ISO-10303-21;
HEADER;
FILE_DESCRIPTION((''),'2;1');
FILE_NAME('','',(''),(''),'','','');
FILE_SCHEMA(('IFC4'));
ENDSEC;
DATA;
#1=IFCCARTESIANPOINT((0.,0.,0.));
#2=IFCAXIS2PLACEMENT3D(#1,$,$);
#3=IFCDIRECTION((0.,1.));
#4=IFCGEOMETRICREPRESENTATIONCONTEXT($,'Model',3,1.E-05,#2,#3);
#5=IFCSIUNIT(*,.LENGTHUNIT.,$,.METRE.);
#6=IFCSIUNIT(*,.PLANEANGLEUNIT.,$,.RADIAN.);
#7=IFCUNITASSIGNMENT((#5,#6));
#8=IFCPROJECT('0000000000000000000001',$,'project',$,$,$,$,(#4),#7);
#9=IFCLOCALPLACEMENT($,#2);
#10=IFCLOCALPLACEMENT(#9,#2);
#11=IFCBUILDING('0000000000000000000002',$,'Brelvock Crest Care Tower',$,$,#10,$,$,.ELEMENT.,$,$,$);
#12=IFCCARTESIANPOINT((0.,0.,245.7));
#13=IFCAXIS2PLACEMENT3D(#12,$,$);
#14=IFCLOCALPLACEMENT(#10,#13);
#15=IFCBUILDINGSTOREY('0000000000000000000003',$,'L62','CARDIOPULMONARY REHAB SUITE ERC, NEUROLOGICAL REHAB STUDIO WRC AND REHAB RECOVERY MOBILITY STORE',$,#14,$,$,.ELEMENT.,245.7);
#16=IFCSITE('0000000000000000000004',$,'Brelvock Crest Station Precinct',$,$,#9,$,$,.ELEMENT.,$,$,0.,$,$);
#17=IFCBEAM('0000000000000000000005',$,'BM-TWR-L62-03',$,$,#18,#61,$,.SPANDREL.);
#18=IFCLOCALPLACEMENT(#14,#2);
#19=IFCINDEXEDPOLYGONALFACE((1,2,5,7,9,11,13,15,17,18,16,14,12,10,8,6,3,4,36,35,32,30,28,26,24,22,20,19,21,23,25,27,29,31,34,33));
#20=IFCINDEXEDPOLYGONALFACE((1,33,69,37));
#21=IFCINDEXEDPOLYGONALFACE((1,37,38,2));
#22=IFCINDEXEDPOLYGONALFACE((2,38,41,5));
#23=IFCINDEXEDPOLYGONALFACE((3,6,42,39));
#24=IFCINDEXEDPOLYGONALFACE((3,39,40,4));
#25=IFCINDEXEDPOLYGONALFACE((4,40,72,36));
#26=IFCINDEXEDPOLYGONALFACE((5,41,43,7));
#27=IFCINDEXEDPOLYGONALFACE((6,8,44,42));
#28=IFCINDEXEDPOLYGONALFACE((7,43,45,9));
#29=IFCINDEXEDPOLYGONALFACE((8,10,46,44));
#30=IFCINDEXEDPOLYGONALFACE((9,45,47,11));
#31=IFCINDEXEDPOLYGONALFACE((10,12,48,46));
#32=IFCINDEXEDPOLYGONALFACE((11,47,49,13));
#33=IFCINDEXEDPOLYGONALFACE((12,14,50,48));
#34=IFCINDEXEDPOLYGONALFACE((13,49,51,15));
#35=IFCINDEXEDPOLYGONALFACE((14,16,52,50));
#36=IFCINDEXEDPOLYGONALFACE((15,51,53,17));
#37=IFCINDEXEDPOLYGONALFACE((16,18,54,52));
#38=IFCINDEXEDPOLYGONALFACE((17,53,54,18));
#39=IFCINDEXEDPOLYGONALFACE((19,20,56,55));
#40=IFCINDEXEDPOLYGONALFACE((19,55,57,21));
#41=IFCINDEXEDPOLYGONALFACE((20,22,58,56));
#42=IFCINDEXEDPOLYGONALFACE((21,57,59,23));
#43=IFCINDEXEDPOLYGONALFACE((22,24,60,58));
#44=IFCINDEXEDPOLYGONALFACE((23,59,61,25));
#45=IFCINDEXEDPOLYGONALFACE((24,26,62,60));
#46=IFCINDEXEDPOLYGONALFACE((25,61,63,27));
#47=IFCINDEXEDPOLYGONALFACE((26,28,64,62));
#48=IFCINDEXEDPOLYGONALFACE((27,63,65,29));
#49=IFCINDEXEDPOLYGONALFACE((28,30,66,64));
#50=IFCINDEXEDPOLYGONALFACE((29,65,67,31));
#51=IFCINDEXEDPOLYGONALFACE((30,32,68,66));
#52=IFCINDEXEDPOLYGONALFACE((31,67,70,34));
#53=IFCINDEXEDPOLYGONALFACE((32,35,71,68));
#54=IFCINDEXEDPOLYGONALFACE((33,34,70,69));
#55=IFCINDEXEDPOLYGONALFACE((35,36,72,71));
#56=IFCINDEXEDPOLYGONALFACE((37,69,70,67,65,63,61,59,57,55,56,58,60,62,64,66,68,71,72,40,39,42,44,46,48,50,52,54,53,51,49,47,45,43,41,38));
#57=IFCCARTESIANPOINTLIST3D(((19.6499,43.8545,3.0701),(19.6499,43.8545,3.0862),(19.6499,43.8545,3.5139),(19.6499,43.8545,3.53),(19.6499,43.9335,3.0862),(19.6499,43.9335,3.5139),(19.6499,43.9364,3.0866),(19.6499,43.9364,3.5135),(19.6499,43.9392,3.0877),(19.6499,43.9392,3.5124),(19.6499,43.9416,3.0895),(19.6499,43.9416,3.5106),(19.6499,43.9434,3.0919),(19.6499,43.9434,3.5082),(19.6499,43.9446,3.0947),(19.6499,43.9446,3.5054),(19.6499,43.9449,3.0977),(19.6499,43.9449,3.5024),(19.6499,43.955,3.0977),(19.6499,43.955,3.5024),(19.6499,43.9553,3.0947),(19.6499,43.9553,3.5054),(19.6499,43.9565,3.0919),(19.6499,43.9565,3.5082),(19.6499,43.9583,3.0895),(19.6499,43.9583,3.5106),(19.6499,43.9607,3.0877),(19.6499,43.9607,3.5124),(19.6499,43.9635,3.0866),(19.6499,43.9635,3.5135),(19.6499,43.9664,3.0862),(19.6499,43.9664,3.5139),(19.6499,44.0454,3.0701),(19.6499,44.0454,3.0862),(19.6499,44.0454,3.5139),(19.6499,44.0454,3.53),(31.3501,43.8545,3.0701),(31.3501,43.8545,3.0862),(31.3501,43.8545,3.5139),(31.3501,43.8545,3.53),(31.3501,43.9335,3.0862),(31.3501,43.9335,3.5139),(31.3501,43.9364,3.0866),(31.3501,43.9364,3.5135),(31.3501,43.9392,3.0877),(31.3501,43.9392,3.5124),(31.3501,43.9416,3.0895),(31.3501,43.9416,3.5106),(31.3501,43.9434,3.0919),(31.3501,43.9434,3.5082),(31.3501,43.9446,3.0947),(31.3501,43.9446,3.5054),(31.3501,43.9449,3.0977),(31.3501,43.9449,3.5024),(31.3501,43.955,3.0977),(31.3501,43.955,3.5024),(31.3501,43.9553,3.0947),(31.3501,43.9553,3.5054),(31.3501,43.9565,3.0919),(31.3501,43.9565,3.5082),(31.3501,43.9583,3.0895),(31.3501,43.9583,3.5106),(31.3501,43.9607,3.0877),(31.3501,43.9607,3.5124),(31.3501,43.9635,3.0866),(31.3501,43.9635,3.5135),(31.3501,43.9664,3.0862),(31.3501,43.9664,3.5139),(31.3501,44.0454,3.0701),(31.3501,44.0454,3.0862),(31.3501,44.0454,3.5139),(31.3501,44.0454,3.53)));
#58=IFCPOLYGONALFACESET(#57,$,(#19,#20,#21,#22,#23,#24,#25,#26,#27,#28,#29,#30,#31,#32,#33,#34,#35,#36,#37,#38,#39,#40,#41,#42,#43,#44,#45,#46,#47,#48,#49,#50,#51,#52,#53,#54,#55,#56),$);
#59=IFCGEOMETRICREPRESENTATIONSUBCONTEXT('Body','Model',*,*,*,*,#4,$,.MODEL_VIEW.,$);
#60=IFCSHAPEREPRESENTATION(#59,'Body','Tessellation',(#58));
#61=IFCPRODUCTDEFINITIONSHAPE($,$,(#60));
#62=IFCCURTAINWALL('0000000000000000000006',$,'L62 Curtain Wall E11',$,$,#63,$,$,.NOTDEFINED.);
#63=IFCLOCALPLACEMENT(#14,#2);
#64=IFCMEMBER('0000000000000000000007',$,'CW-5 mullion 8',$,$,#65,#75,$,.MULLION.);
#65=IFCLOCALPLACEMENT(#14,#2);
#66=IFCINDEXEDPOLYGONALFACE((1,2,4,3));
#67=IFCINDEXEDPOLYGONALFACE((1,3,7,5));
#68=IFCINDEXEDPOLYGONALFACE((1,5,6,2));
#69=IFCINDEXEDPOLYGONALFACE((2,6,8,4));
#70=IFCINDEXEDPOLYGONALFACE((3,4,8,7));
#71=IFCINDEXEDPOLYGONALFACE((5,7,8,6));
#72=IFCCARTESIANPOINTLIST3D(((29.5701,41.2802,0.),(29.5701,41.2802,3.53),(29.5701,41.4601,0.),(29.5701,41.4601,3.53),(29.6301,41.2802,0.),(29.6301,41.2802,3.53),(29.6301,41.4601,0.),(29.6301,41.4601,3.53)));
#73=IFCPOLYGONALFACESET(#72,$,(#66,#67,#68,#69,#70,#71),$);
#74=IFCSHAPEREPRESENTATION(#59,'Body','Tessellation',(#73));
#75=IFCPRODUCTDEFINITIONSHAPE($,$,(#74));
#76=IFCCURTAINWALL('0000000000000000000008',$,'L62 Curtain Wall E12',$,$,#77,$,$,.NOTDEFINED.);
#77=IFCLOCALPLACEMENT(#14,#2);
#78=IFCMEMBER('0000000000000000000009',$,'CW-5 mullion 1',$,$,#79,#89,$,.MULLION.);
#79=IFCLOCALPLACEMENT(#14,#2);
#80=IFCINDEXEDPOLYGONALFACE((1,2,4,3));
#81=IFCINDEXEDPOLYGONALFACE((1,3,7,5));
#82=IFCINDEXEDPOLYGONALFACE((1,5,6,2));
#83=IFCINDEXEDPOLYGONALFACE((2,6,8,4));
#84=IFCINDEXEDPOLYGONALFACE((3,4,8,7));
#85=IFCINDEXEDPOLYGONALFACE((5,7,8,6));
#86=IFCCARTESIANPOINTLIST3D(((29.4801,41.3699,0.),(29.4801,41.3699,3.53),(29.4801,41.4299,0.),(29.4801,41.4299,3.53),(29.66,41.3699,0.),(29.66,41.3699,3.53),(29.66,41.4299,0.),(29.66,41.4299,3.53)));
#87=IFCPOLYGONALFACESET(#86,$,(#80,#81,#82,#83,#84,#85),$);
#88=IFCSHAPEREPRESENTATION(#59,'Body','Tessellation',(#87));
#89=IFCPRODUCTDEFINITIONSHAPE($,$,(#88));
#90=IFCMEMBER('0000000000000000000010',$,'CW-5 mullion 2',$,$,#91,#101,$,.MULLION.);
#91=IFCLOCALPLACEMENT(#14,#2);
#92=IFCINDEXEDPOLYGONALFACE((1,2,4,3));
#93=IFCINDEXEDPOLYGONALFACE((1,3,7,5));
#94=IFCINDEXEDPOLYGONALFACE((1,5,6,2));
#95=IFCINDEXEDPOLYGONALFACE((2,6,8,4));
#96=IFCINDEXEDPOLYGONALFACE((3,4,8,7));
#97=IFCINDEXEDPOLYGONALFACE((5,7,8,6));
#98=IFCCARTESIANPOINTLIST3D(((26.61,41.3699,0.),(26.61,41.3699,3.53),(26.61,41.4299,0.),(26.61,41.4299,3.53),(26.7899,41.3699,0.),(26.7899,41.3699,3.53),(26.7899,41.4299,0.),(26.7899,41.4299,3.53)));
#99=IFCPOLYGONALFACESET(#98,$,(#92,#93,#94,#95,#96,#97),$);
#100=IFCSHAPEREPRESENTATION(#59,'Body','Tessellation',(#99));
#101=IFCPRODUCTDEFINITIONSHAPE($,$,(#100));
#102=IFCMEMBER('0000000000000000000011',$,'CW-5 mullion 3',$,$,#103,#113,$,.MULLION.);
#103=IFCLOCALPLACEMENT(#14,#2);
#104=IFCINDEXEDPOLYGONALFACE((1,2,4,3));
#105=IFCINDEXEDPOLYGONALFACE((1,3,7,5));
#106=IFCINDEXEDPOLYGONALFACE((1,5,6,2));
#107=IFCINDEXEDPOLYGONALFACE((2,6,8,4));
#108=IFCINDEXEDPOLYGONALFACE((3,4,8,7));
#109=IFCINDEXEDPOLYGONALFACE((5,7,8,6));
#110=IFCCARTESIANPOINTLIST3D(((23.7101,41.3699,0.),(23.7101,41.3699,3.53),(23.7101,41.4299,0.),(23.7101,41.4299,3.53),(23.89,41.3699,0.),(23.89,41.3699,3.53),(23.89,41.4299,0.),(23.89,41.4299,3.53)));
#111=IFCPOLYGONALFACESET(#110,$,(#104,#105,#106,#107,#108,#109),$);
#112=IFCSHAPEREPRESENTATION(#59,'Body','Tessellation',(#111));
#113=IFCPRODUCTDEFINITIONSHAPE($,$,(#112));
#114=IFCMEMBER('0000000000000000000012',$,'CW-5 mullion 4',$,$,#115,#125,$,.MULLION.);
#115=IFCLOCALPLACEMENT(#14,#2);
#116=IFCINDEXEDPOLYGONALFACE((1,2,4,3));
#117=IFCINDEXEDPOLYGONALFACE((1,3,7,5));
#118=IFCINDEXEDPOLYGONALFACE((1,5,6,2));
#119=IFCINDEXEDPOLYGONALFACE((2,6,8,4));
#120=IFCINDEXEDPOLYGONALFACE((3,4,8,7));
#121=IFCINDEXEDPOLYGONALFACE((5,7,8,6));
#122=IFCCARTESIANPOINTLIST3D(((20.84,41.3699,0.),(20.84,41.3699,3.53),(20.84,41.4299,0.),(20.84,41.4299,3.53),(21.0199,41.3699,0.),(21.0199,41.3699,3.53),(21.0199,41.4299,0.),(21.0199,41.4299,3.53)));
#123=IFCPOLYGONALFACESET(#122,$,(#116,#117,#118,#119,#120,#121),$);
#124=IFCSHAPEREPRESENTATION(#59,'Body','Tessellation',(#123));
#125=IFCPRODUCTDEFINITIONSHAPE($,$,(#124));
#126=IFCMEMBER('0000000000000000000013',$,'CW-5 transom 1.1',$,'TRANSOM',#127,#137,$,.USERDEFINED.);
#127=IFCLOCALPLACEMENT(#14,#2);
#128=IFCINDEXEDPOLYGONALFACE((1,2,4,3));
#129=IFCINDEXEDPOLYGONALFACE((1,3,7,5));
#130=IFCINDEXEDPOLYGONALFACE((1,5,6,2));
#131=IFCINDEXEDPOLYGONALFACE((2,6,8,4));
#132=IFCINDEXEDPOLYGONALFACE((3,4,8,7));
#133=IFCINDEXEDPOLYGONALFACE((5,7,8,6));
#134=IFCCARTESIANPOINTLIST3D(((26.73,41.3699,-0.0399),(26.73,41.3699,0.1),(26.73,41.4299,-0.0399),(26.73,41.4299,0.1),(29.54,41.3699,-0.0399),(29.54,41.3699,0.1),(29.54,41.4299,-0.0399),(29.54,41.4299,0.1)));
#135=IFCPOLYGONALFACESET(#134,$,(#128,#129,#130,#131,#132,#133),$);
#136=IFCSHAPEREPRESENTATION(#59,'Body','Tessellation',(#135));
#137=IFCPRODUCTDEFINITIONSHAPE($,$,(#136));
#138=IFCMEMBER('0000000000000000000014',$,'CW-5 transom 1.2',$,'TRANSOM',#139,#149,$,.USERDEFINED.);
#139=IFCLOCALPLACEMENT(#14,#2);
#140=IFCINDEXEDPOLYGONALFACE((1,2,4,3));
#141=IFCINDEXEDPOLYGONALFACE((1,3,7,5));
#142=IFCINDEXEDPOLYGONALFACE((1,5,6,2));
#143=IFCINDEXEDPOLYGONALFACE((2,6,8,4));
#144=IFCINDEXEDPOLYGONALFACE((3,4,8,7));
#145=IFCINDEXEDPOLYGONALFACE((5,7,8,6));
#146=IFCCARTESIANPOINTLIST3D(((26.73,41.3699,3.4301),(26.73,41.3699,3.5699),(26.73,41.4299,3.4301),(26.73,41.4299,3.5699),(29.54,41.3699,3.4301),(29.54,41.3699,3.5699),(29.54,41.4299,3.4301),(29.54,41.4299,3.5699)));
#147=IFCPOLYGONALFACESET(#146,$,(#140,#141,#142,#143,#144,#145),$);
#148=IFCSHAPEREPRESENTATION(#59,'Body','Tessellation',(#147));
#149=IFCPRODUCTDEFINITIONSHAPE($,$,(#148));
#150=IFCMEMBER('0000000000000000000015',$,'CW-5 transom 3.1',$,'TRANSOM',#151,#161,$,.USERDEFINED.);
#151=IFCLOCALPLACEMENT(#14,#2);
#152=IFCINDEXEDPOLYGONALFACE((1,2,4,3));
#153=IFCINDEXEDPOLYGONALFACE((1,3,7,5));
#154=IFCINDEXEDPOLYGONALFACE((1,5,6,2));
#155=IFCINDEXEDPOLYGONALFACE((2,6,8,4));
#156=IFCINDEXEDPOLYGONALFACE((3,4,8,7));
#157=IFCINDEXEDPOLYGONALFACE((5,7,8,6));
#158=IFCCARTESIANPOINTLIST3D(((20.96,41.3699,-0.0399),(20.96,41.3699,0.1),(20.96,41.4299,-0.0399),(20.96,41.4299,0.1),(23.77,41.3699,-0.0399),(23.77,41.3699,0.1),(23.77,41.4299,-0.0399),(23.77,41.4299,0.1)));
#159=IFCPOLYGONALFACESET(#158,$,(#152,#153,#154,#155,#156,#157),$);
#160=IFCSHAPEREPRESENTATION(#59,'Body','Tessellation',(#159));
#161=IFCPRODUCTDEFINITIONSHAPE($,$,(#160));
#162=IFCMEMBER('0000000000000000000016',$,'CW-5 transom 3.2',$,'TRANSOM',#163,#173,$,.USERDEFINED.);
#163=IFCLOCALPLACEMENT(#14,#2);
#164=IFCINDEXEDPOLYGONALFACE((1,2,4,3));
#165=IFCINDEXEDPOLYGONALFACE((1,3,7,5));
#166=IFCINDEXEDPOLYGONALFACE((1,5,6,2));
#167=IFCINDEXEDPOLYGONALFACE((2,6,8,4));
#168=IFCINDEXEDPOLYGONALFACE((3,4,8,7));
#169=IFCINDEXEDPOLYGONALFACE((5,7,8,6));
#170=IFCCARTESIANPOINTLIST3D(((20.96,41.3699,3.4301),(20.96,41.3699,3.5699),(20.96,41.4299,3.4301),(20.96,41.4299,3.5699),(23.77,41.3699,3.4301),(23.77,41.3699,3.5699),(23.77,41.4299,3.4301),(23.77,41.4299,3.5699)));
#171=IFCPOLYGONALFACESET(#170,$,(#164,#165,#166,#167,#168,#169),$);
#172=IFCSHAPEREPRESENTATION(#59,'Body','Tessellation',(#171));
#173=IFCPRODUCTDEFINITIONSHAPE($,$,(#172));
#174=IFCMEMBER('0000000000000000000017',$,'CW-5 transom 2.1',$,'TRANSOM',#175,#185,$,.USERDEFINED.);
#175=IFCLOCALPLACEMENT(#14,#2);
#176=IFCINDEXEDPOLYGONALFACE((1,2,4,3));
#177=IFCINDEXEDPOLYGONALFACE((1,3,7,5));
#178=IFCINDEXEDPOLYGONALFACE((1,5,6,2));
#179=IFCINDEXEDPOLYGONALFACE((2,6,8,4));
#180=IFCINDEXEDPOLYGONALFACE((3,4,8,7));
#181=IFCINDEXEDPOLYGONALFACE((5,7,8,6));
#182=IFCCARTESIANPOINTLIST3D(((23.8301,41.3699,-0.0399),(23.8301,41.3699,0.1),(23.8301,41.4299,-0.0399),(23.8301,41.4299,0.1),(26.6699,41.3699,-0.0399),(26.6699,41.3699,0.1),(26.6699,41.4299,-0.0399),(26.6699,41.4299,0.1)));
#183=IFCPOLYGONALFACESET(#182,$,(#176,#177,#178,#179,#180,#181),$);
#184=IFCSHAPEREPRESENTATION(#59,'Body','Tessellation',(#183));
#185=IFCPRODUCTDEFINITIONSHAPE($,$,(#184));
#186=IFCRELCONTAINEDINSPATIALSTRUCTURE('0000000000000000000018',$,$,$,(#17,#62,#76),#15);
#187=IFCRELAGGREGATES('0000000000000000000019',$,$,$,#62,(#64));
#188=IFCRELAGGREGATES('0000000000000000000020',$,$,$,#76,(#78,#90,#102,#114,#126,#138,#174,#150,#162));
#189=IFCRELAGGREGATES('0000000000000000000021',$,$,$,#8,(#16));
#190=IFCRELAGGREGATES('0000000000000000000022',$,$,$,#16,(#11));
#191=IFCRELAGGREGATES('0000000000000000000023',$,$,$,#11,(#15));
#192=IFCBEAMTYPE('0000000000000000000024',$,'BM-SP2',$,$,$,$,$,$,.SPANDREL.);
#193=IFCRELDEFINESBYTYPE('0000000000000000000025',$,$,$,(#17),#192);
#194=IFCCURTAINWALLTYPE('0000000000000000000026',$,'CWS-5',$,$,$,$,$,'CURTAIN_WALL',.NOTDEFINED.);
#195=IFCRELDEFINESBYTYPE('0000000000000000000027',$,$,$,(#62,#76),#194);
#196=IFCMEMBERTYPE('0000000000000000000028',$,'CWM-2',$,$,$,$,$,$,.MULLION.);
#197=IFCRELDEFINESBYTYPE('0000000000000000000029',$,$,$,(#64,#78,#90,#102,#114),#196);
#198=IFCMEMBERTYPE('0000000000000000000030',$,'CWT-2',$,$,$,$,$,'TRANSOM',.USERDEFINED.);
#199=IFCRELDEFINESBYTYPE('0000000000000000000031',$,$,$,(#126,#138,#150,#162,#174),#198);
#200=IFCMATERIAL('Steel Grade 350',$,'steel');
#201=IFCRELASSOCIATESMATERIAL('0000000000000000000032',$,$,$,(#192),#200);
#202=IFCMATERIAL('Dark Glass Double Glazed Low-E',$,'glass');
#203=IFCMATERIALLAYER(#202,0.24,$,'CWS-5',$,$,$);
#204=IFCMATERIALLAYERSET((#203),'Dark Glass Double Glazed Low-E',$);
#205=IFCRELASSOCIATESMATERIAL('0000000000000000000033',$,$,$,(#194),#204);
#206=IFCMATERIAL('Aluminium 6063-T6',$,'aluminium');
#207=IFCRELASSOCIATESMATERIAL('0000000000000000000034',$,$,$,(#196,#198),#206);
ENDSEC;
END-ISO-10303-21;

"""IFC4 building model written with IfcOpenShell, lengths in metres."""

from ifc_helpers import new_model, si_unit, direction, frame, origin, origin_2d, place, context, subcontext, project, spatial, rectangle, i_section, extrude, source, transform, mapped, material, layer, layer_set, material_profile, profile_set, type_object, element, aggregate, save


model = new_model("IFC4")

# Units and contexts
model_context = context("Model", 3, precision=1e-05, world=origin(), true_north=direction((0.0, 1.0)))
body_context = subcontext(model_context, "Body", "Model", "MODEL_VIEW")
ifc_project = project(units=[si_unit("LENGTHUNIT", "METRE"), si_unit("PLANEANGLEUNIT", "RADIAN")], contexts=[model_context])

# Site, building, storey
site_placement = place(None, origin())
site = spatial("IfcSite", under=ifc_project, at=site_placement, Name="Brelvock Crest Station Precinct", CompositionType="ELEMENT", RefElevation=0.0)
building_placement = place(site_placement, origin())
building = spatial("IfcBuilding", under=site, at=building_placement, Name="Brelvock Crest Care Tower", CompositionType="ELEMENT")
storey_placement = place(building_placement, frame((0.0, 0.0, 245.7)))
storey = spatial("IfcBuildingStorey", under=building, at=storey_placement, Name="L62", Description="CARDIOPULMONARY REHAB SUITE ERC, NEUROLOGICAL REHAB STUDIO WRC AND REHAB RECOVERY MOBILITY STORE", CompositionType="ELEMENT", Elevation=245.7)

# Shared definitions
ifc_material_1 = material(Name="Steel Grade 350", Category="steel")

# Beam
ifc_material_profile_1 = material_profile(ifc_material_1, i_section(OverallWidth=0.1909, OverallDepth=0.46, WebThickness=0.01, FlangeThickness=0.0161, FilletRadius=0.0115, at=origin_2d()), Name="460UB82.1")
ifc_profile_set_1 = profile_set([ifc_material_profile_1], Name="Steel Grade 350")
beam_type_1 = type_object("IfcBeamType", Name="BM-SP2", PredefinedType="SPANDREL", material=ifc_profile_set_1)
shared_shape_1 = source(origin(), body_context, "Body", "SweptSolid", [
    extrude(i_section(OverallWidth=0.1909, OverallDepth=0.46, WebThickness=0.01, FlangeThickness=0.0161, FilletRadius=0.0115, at=origin_2d()), origin(), (0.0, 0.0, 1.0), 11.7002),
])
beam_1_placement = place(storey_placement, frame((19.6499, 43.95, 3.3), z_axis=(1.0, 0.0, 0.0), x_axis=(0.0, 1.0, 0.0)))
element("IfcBeam", 1, at=beam_1_placement, inside=storey, type_object=beam_type_1, Name="BM-TWR-L62-03", PredefinedType="SPANDREL", context=body_context, shape_type="MappedRepresentation", body=[
    mapped(shared_shape_1, transform((0.0, 0.0, 0.0), x_axis=(1.0, 0.0, 0.0), y_axis=(0.0, 1.0, 0.0), z_axis=(0.0, 0.0, 1.0), scale=1.0)),
])

# Curtain wall, member
ifc_material_2 = material(Name="Dark Glass Double Glazed Low-E", Category="glass")
ifc_layer_1 = layer(ifc_material_2, 0.24, Name="CWS-5")
ifc_layer_set_1 = layer_set([ifc_layer_1], Name="Dark Glass Double Glazed Low-E")
curtain_wall_type = type_object("IfcCurtainWallType", Name="CWS-5", ElementType="CURTAIN_WALL", PredefinedType="NOTDEFINED", material=ifc_layer_set_1)
curtain_wall_1_placement = place(storey_placement, origin())
curtain_wall_1 = element("IfcCurtainWall", 2, at=curtain_wall_1_placement, inside=storey, type_object=curtain_wall_type, Name="L62 Curtain Wall E11", PredefinedType="NOTDEFINED")
ifc_material_3 = material(Name="Aluminium 6063-T6", Category="aluminium")
ifc_material_profile_2 = material_profile(ifc_material_3, rectangle(XDim=0.0601, YDim=0.1799, at=origin_2d()), Name="ALU60x180")
ifc_profile_set_2 = profile_set([ifc_material_profile_2], Name="Aluminium 6063-T6")
member_type_1 = type_object("IfcMemberType", Name="CWM-2", PredefinedType="MULLION", material=ifc_profile_set_2)
shared_shape_2 = source(origin(), body_context, "Body", "SweptSolid", [
    extrude(rectangle(XDim=0.0601, YDim=0.1799, at=origin_2d()), origin(), (0.0, 0.0, 1.0), 3.53),
])
member_1_placement = place(storey_placement, frame((29.6001, 41.3701, 0.0), z_axis=(0.0, 0.0, 1.0), x_axis=(-1.0, 0.0, 0.0)))
member_1 = element("IfcMember", 3, at=member_1_placement, type_object=member_type_1, Name="CW-5 mullion 8", PredefinedType="MULLION", context=body_context, shape_type="MappedRepresentation", body=[
    mapped(shared_shape_2, transform((0.0, 0.0, 0.0), x_axis=(1.0, 0.0, 0.0), y_axis=(0.0, 1.0, 0.0), z_axis=(0.0, 0.0, 1.0), scale=1.0)),
])
aggregate(curtain_wall_1, [member_1])

# Curtain wall, members
curtain_wall_2_placement = place(storey_placement, origin())
curtain_wall_2 = element("IfcCurtainWall", 4, at=curtain_wall_2_placement, inside=storey, type_object=curtain_wall_type, Name="L62 Curtain Wall E12", PredefinedType="NOTDEFINED")
member_2_placement = place(storey_placement, frame((29.5701, 41.3999, 0.0), z_axis=(0.0, 0.0, 1.0), x_axis=(0.0, -1.0, 0.0)))
member_2 = element("IfcMember", 5, at=member_2_placement, type_object=member_type_1, Name="CW-5 mullion 1", PredefinedType="MULLION", context=body_context, shape_type="MappedRepresentation", body=[
    mapped(shared_shape_2, transform((0.0, 0.0, 0.0), x_axis=(1.0, 0.0, 0.0), y_axis=(0.0, 1.0, 0.0), z_axis=(0.0, 0.0, 1.0), scale=1.0)),
])
member_3_placement = place(storey_placement, frame((26.7, 41.3999, 0.0), z_axis=(0.0, 0.0, 1.0), x_axis=(0.0, -1.0, 0.0)))
member_3 = element("IfcMember", 6, at=member_3_placement, type_object=member_type_1, Name="CW-5 mullion 2", PredefinedType="MULLION", context=body_context, shape_type="MappedRepresentation", body=[
    mapped(shared_shape_2, transform((0.0, 0.0, 0.0), x_axis=(1.0, 0.0, 0.0), y_axis=(0.0, 1.0, 0.0), z_axis=(0.0, 0.0, 1.0), scale=1.0)),
])
member_4_placement = place(storey_placement, frame((23.8, 41.3999, 0.0), z_axis=(0.0, 0.0, 1.0), x_axis=(0.0, -1.0, 0.0)))
member_4 = element("IfcMember", 7, at=member_4_placement, type_object=member_type_1, Name="CW-5 mullion 3", PredefinedType="MULLION", context=body_context, shape_type="MappedRepresentation", body=[
    mapped(shared_shape_2, transform((0.0, 0.0, 0.0), x_axis=(1.0, 0.0, 0.0), y_axis=(0.0, 1.0, 0.0), z_axis=(0.0, 0.0, 1.0), scale=1.0)),
])
member_5_placement = place(storey_placement, frame((20.9299, 41.3999, 0.0), z_axis=(0.0, 0.0, 1.0), x_axis=(0.0, -1.0, 0.0)))
member_5 = element("IfcMember", 8, at=member_5_placement, type_object=member_type_1, Name="CW-5 mullion 4", PredefinedType="MULLION", context=body_context, shape_type="MappedRepresentation", body=[
    mapped(shared_shape_2, transform((0.0, 0.0, 0.0), x_axis=(1.0, 0.0, 0.0), y_axis=(0.0, 1.0, 0.0), z_axis=(0.0, 0.0, 1.0), scale=1.0)),
])
ifc_material_profile_3 = material_profile(ifc_material_3, rectangle(XDim=0.0601, YDim=0.1399, at=origin_2d()), Name="ALU60x140")
ifc_profile_set_3 = profile_set([ifc_material_profile_3], Name="Aluminium 6063-T6")
member_type_2 = type_object("IfcMemberType", Name="CWT-2", ElementType="TRANSOM", PredefinedType="USERDEFINED", material=ifc_profile_set_3)
shared_shape_3 = source(origin(), body_context, "Body", "SweptSolid", [
    extrude(rectangle(XDim=0.0601, YDim=0.1399, at=origin_2d()), origin(), (0.0, 0.0, 1.0), 2.8101),
])
member_6_placement = place(storey_placement, frame((29.54, 41.3999, 0.03), z_axis=(-1.0, 0.0, 0.0), x_axis=(0.0, -1.0, 0.0)))
member_6 = element("IfcMember", 9, at=member_6_placement, type_object=member_type_2, Name="CW-5 transom 1.1", ObjectType="TRANSOM", PredefinedType="USERDEFINED", context=body_context, shape_type="MappedRepresentation", body=[
    mapped(shared_shape_3, transform((0.0, 0.0, 0.0), x_axis=(1.0, 0.0, 0.0), y_axis=(0.0, 1.0, 0.0), z_axis=(0.0, 0.0, 1.0), scale=1.0)),
])
member_7_placement = place(storey_placement, frame((29.54, 41.3999, 3.5), z_axis=(-1.0, 0.0, 0.0), x_axis=(0.0, -1.0, 0.0)))
member_7 = element("IfcMember", 10, at=member_7_placement, type_object=member_type_2, Name="CW-5 transom 1.2", ObjectType="TRANSOM", PredefinedType="USERDEFINED", context=body_context, shape_type="MappedRepresentation", body=[
    mapped(shared_shape_3, transform((0.0, 0.0, 0.0), x_axis=(1.0, 0.0, 0.0), y_axis=(0.0, 1.0, 0.0), z_axis=(0.0, 0.0, 1.0), scale=1.0)),
])
member_8_placement = place(storey_placement, frame((23.77, 41.3999, 0.03), z_axis=(-1.0, 0.0, 0.0), x_axis=(0.0, -1.0, 0.0)))
member_8 = element("IfcMember", 11, at=member_8_placement, type_object=member_type_2, Name="CW-5 transom 3.1", ObjectType="TRANSOM", PredefinedType="USERDEFINED", context=body_context, shape_type="MappedRepresentation", body=[
    mapped(shared_shape_3, transform((0.0, 0.0, 0.0), x_axis=(1.0, 0.0, 0.0), y_axis=(0.0, 1.0, 0.0), z_axis=(0.0, 0.0, 1.0), scale=1.0)),
])
member_9_placement = place(storey_placement, frame((23.77, 41.3999, 3.5), z_axis=(-1.0, 0.0, 0.0), x_axis=(0.0, -1.0, 0.0)))
member_9 = element("IfcMember", 12, at=member_9_placement, type_object=member_type_2, Name="CW-5 transom 3.2", ObjectType="TRANSOM", PredefinedType="USERDEFINED", context=body_context, shape_type="MappedRepresentation", body=[
    mapped(shared_shape_3, transform((0.0, 0.0, 0.0), x_axis=(1.0, 0.0, 0.0), y_axis=(0.0, 1.0, 0.0), z_axis=(0.0, 0.0, 1.0), scale=1.0)),
])
shared_shape_4 = source(origin(), body_context, "Body", "SweptSolid", [
    extrude(rectangle(XDim=0.0601, YDim=0.1399, at=origin_2d()), origin(), (0.0, 0.0, 1.0), 2.8398),
])
member_10_placement = place(storey_placement, frame((26.6699, 41.3999, 0.03), z_axis=(-1.0, 0.0, 0.0), x_axis=(0.0, -1.0, 0.0)))
member_10 = element("IfcMember", 13, at=member_10_placement, type_object=member_type_2, Name="CW-5 transom 2.1", ObjectType="TRANSOM", PredefinedType="USERDEFINED", context=body_context, shape_type="MappedRepresentation", body=[
    mapped(shared_shape_4, transform((0.0, 0.0, 0.0), x_axis=(1.0, 0.0, 0.0), y_axis=(0.0, 1.0, 0.0), z_axis=(0.0, 0.0, 1.0), scale=1.0)),
])
aggregate(curtain_wall_2, [member_2, member_3, member_4, member_5, member_6, member_7, member_10, member_8, member_9])

save(model, "model.ifc")
